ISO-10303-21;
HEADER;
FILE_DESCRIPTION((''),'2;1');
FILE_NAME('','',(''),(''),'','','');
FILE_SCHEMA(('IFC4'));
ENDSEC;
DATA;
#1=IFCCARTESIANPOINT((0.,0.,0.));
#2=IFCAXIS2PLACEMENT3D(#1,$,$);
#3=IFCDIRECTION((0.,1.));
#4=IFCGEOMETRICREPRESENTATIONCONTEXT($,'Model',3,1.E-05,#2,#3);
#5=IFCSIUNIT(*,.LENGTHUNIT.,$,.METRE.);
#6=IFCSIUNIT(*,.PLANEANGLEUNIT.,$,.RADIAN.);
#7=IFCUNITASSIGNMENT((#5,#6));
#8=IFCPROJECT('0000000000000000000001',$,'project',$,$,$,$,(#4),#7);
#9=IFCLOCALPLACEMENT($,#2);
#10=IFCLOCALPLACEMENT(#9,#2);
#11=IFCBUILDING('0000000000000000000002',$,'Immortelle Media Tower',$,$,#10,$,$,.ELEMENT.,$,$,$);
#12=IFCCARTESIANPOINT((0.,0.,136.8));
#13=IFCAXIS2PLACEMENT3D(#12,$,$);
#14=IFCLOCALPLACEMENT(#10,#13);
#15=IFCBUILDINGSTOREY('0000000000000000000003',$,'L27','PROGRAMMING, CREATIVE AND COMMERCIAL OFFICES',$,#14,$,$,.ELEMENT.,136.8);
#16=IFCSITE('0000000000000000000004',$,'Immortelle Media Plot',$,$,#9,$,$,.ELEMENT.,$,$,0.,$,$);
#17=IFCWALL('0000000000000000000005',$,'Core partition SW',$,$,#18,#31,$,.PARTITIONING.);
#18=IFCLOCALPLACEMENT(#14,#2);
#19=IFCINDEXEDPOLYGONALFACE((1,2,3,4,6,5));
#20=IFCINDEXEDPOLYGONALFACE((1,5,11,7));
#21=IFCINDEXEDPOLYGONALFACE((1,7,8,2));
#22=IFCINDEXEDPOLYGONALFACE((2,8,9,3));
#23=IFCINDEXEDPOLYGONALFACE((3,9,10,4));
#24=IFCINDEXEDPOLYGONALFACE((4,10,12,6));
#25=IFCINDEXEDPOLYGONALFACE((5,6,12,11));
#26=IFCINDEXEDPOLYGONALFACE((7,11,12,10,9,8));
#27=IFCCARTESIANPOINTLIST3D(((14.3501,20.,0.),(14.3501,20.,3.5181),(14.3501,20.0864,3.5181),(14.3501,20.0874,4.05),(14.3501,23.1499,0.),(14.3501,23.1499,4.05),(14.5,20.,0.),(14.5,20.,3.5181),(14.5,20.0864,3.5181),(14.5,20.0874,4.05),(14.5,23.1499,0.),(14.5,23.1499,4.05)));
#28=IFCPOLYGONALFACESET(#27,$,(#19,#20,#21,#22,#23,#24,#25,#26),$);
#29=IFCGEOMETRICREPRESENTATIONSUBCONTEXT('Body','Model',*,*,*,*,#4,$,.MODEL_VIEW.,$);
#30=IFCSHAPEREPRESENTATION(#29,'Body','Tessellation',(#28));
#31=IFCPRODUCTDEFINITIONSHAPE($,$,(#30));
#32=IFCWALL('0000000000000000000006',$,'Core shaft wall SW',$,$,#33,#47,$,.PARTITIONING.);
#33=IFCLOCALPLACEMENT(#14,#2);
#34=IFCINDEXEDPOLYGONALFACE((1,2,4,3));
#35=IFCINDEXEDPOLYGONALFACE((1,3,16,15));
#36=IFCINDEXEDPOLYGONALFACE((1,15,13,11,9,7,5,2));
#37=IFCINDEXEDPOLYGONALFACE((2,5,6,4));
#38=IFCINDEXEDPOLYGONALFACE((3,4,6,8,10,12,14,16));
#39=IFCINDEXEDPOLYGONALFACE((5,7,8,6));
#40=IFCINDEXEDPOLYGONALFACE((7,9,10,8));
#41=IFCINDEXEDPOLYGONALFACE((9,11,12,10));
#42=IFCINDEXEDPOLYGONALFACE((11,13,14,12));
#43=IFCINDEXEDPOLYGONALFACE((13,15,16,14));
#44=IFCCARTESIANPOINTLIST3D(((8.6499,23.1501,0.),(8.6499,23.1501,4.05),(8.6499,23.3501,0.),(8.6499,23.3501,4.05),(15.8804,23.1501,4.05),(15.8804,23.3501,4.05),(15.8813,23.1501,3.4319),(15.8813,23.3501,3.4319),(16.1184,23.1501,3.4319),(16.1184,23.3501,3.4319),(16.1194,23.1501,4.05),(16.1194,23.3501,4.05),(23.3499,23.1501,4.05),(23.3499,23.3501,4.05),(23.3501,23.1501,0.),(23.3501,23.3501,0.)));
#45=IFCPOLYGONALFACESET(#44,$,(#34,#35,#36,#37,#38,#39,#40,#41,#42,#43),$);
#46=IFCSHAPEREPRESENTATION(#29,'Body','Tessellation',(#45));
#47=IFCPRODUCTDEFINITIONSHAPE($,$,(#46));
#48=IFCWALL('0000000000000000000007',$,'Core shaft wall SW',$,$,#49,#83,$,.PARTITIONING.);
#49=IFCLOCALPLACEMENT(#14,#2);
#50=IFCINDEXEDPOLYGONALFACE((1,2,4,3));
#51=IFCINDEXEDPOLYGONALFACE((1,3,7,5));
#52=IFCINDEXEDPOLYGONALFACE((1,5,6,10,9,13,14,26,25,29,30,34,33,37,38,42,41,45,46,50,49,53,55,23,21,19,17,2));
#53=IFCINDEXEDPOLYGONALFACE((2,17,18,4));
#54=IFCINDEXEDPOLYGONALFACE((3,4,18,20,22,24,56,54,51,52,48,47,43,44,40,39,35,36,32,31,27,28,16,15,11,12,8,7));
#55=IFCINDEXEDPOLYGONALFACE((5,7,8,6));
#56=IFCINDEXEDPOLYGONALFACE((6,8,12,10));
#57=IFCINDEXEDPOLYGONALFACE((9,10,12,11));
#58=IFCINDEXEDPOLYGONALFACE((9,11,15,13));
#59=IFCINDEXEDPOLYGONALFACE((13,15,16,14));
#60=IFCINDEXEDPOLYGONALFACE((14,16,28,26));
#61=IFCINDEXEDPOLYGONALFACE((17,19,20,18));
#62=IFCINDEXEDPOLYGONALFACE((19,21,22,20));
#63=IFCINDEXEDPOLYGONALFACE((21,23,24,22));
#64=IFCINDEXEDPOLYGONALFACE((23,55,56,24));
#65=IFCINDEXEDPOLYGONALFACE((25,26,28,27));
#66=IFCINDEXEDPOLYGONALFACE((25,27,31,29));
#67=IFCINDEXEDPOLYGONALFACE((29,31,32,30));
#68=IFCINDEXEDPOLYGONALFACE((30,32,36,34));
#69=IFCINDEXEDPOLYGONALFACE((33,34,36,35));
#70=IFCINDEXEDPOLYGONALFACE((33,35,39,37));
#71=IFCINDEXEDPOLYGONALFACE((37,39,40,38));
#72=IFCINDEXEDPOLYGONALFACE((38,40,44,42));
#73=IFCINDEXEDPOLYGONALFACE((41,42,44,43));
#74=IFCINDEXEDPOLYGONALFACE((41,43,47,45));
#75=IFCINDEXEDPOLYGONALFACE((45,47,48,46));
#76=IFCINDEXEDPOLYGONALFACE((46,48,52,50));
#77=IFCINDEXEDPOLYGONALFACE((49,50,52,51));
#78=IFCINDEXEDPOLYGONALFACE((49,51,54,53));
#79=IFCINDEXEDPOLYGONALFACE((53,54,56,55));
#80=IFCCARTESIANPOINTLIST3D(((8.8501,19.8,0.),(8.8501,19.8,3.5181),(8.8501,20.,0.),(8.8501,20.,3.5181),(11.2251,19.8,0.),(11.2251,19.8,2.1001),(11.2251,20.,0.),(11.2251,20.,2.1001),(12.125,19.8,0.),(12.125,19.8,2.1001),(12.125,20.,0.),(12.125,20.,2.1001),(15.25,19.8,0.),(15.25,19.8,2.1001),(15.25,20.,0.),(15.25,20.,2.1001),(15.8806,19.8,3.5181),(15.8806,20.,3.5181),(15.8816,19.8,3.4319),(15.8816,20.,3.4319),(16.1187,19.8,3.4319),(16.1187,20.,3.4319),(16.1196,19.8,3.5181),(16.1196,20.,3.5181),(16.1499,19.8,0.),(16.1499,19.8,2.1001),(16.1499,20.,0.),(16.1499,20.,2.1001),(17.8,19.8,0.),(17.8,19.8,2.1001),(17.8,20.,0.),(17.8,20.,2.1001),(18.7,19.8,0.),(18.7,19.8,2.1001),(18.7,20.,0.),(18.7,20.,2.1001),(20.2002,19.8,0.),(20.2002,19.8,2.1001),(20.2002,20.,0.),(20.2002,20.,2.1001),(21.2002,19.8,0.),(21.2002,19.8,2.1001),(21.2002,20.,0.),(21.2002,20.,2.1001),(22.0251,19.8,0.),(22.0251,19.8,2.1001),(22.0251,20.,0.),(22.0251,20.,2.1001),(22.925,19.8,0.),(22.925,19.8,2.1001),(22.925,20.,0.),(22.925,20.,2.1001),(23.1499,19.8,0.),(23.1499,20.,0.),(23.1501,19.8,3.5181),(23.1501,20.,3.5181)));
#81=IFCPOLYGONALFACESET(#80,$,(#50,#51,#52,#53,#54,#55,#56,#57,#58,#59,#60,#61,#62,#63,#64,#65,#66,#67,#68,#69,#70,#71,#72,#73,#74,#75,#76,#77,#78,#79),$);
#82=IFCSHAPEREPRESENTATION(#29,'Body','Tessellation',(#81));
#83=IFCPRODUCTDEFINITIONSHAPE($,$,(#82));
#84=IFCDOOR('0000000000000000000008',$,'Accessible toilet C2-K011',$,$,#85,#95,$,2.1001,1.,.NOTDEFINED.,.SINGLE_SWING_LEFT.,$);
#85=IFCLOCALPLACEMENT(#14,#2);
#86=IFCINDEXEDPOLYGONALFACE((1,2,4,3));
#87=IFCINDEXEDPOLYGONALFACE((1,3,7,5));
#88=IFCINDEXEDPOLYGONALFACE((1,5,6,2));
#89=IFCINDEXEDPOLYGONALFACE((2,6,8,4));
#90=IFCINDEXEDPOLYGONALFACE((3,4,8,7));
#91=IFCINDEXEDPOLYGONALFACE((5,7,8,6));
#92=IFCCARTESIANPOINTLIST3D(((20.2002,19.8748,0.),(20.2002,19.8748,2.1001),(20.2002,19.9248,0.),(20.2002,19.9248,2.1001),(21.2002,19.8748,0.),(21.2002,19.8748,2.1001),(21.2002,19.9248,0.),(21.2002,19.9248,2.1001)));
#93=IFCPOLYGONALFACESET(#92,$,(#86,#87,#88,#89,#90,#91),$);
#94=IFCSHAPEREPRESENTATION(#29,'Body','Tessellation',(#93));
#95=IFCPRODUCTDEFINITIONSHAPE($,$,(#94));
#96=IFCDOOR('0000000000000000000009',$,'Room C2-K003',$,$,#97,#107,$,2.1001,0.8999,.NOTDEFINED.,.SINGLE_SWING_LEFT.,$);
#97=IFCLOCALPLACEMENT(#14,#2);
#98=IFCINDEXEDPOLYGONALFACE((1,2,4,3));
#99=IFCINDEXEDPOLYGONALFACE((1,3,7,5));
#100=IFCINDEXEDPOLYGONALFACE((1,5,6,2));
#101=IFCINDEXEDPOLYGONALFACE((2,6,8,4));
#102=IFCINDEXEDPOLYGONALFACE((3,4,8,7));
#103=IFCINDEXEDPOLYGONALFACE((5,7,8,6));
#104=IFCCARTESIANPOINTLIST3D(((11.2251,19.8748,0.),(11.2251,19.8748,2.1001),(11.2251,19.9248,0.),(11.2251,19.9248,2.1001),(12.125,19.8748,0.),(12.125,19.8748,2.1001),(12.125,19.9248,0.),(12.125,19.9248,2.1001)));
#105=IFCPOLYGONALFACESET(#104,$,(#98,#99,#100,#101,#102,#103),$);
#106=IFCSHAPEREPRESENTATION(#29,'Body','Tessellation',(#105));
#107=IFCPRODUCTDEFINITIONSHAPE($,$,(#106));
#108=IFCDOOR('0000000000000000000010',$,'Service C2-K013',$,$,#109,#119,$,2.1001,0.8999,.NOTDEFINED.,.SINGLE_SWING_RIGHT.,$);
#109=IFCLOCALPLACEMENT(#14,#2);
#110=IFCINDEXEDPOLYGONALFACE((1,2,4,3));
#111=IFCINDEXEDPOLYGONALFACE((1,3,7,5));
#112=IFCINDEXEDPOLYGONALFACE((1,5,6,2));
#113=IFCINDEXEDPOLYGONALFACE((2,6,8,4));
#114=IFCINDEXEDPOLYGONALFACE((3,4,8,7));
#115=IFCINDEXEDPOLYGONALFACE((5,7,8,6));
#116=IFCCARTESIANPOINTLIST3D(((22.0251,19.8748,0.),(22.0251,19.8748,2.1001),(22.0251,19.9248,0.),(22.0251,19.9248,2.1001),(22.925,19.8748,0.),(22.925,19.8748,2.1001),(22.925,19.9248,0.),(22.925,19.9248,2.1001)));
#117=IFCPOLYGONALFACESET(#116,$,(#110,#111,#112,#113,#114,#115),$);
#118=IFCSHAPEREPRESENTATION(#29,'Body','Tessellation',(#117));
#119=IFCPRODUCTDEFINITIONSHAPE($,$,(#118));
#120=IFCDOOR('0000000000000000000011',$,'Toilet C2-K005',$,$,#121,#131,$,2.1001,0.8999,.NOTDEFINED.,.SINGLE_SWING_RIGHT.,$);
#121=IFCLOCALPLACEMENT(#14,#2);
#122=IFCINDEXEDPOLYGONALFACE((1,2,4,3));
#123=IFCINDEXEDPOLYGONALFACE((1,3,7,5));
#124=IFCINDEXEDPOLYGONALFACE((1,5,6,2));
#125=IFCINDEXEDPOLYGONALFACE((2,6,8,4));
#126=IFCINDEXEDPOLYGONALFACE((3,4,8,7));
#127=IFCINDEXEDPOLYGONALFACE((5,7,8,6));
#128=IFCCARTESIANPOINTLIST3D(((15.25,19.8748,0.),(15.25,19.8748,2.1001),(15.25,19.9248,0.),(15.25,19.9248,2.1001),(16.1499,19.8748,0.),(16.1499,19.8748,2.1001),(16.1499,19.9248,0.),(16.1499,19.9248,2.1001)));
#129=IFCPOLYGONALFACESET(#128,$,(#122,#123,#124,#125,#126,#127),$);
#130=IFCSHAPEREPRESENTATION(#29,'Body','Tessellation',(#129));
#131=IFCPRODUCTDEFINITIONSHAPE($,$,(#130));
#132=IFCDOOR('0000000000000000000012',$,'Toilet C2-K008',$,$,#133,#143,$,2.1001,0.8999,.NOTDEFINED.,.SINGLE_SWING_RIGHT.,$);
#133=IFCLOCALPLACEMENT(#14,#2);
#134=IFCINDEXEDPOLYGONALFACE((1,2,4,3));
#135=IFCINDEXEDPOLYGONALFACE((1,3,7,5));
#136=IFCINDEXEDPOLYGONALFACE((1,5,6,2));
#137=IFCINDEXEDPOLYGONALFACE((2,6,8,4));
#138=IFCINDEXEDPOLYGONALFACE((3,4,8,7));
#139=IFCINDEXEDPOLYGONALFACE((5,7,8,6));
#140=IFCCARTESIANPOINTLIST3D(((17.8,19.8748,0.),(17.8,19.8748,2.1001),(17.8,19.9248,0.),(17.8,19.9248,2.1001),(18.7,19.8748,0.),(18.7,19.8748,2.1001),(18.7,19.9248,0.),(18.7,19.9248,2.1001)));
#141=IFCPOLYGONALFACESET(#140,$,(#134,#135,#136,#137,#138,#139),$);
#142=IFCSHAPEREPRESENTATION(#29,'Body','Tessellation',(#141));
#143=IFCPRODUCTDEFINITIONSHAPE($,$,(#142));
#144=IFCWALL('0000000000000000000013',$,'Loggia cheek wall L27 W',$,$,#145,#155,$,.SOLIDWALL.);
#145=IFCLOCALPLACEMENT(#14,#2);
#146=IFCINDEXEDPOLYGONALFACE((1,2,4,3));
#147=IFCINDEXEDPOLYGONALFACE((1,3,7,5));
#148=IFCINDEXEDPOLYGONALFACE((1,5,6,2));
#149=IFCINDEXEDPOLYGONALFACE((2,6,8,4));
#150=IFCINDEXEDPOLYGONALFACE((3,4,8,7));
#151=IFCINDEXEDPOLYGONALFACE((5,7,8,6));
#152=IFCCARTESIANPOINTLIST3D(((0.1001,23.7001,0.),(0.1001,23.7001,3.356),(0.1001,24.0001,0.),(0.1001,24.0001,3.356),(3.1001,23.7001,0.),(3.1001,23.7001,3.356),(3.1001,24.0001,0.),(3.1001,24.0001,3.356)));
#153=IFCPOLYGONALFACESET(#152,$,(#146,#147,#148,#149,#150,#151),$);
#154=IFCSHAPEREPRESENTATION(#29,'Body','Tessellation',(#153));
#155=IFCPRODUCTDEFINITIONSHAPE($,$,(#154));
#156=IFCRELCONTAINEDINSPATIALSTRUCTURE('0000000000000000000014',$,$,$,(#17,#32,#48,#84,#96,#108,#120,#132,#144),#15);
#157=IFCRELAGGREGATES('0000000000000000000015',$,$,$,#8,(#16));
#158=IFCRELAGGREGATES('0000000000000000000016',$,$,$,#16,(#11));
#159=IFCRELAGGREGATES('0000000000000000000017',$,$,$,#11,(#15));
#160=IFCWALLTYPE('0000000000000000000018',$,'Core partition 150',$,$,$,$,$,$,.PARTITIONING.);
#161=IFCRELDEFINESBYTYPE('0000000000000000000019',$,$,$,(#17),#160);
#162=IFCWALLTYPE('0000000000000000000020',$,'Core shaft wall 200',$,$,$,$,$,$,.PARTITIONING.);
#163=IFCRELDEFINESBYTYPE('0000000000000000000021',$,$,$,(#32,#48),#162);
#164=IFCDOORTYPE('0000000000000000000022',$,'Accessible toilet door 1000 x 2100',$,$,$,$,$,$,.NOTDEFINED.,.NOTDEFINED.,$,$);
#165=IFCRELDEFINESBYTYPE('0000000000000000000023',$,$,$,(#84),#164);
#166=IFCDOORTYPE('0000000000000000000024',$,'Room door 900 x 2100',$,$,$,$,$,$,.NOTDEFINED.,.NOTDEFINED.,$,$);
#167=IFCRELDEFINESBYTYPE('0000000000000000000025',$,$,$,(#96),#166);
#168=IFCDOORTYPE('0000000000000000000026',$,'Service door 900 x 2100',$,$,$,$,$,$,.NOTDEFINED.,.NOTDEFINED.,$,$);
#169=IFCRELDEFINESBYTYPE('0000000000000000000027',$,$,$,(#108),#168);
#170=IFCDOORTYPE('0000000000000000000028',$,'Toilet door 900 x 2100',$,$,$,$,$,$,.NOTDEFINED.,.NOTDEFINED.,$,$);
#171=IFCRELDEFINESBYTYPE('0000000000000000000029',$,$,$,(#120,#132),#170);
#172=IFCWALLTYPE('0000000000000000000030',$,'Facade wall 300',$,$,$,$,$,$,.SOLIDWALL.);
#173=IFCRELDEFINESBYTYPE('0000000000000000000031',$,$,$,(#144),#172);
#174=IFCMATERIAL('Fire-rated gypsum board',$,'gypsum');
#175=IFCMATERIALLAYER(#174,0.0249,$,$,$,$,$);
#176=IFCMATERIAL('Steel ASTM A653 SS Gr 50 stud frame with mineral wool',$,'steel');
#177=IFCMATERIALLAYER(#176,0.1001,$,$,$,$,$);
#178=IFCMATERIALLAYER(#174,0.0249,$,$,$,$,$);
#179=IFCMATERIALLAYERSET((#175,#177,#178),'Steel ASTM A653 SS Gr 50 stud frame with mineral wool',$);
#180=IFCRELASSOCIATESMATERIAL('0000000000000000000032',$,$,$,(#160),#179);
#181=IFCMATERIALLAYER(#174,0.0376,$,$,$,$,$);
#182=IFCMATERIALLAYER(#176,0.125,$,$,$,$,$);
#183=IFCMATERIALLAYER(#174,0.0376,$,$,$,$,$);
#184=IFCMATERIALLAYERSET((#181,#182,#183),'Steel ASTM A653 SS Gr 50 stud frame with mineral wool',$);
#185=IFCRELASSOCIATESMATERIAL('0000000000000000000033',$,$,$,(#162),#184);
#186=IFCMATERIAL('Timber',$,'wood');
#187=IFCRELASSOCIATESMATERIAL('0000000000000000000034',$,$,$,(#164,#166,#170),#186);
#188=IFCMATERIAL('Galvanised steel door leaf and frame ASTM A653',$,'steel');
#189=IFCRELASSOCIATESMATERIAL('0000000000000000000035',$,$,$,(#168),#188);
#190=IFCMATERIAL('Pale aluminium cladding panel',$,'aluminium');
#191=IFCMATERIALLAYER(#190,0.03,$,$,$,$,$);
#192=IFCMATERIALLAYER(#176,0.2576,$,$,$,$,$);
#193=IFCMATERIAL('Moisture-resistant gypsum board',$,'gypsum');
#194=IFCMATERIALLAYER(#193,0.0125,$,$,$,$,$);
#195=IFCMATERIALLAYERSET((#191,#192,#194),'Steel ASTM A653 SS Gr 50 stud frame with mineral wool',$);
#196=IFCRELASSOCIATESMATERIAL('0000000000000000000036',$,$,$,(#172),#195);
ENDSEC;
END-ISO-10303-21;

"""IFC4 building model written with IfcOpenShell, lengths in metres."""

from ifc_helpers import new_model, si_unit, direction, frame, frame_2d, origin, place, context, subcontext, project, spatial, polyline, rectangle, outline, extrude, material, layer, layer_set, type_object, element, fill, save


model = new_model("IFC4")

# Units and contexts
model_context = context("Model", 3, precision=1e-05, world=origin(), true_north=direction((0.0, 1.0)))
body_context = subcontext(model_context, "Body", "Model", "MODEL_VIEW")
ifc_project = project(units=[si_unit("LENGTHUNIT", "METRE"), si_unit("PLANEANGLEUNIT", "RADIAN")], contexts=[model_context])

# Site, building, storey
site_placement = place(None, origin())
site = spatial("IfcSite", under=ifc_project, at=site_placement, Name="Immortelle Media Plot", CompositionType="ELEMENT", RefElevation=0.0)
building_placement = place(site_placement, origin())
building = spatial("IfcBuilding", under=site, at=building_placement, Name="Immortelle Media Tower", CompositionType="ELEMENT")
storey_placement = place(building_placement, frame((0.0, 0.0, 136.8)))
storey = spatial("IfcBuildingStorey", under=building, at=storey_placement, Name="L27", Description="PROGRAMMING, CREATIVE AND COMMERCIAL OFFICES", CompositionType="ELEMENT", Elevation=136.8)

# Walls
ifc_material_1 = material(Name="Fire-rated gypsum board", Category="gypsum")
ifc_layer_1 = layer(ifc_material_1, 0.0249)
ifc_material_2 = material(Name="Steel ASTM A653 SS Gr 50 stud frame with mineral wool", Category="steel")
ifc_layer_2 = layer(ifc_material_2, 0.1001)
ifc_layer_3 = layer(ifc_material_1, 0.0249)
ifc_layer_set_1 = layer_set([ifc_layer_1, ifc_layer_2, ifc_layer_3], Name="Steel ASTM A653 SS Gr 50 stud frame with mineral wool")
wall_type_1 = type_object("IfcWallType", Name="Core partition 150", PredefinedType="PARTITIONING", material=ifc_layer_set_1)
wall_1_placement = place(storey_placement, frame((14.425, 20.0, 0.0), z_axis=(0.0, 0.0, 1.0), x_axis=(0.0, 1.0, 0.0)))
element("IfcWall", 1, at=wall_1_placement, inside=storey, type_object=wall_type_1, Name="Core partition SW", PredefinedType="PARTITIONING", context=body_context, shape_type="SweptSolid", body=[
    extrude(outline(polyline([(0.0, 0.0), (3.1499, 0.0), (3.1499, 4.05), (0.0874, 4.05), (0.0864, 3.5181), (0.0, 3.5181), (0.0, 0.0)])), frame((0.0, 0.075, 0.0), z_axis=(0.0, -1.0, 0.0), x_axis=(1.0, 0.0, 0.0)), (0.0, 0.0, 1.0), 0.1499),
])
ifc_layer_4 = layer(ifc_material_1, 0.0376)
ifc_layer_5 = layer(ifc_material_2, 0.125)
ifc_layer_6 = layer(ifc_material_1, 0.0376)
ifc_layer_set_2 = layer_set([ifc_layer_4, ifc_layer_5, ifc_layer_6], Name="Steel ASTM A653 SS Gr 50 stud frame with mineral wool")
wall_type_2 = type_object("IfcWallType", Name="Core shaft wall 200", PredefinedType="PARTITIONING", material=ifc_layer_set_2)
wall_2_placement = place(storey_placement, frame((8.6499, 23.25, 0.0), z_axis=(0.0, 0.0, 1.0), x_axis=(1.0, 0.0, 0.0)))
element("IfcWall", 2, at=wall_2_placement, inside=storey, type_object=wall_type_2, Name="Core shaft wall SW", PredefinedType="PARTITIONING", context=body_context, shape_type="SweptSolid", body=[
    extrude(outline(polyline([(0.0, 0.0), (14.7002, 0.0), (14.7, 4.05), (7.4695, 4.05), (7.4685, 3.4319), (7.2314, 3.4319), (7.2305, 4.05), (0.0, 4.05), (0.0, 0.0)])), frame((0.0, 0.1001, 0.0), z_axis=(0.0, -1.0, 0.0), x_axis=(1.0, 0.0, 0.0)), (0.0, 0.0, 1.0), 0.2),
])

# Wall, openings, doors
wall_3_placement = place(storey_placement, frame((8.8501, 19.8999, 0.0), z_axis=(0.0, 0.0, 1.0), x_axis=(1.0, 0.0, 0.0)))
wall_3 = element("IfcWall", 3, at=wall_3_placement, inside=storey, type_object=wall_type_2, Name="Core shaft wall SW", PredefinedType="PARTITIONING", context=body_context, shape_type="SweptSolid", body=[
    extrude(outline(polyline([(0.0, 0.0), (14.2998, 0.0), (14.3, 3.5181), (7.2695, 3.5181), (7.2686, 3.4319), (7.0315, 3.4319), (7.0305, 3.5181), (0.0, 3.5181), (0.0, 0.0)])), frame((0.0, 0.1001, 0.0), z_axis=(0.0, -1.0, 0.0), x_axis=(1.0, 0.0, 0.0)), (0.0, 0.0, 1.0), 0.2),
])
opening_1_placement = place(wall_3_placement, frame((2.375, 0.0, 0.0)))
opening_1 = element("IfcOpeningElement", 4, at=opening_1_placement, cuts=wall_3, PredefinedType="OPENING", context=body_context, shape_type="SweptSolid", body=[
    extrude(rectangle(XDim=0.8999, YDim=2.1001, at=frame_2d((0.45, 1.05))), frame((0.0, 0.1099, 0.0), z_axis=(0.0, -1.0, 0.0), x_axis=(1.0, 0.0, 0.0)), (0.0, 0.0, 1.0), 0.22),
])
opening_2_placement = place(wall_3_placement, frame((6.3999, 0.0, 0.0)))
opening_2 = element("IfcOpeningElement", 5, at=opening_2_placement, cuts=wall_3, PredefinedType="OPENING", context=body_context, shape_type="SweptSolid", body=[
    extrude(rectangle(XDim=0.8999, YDim=2.1001, at=frame_2d((0.45, 1.05))), frame((0.0, 0.1099, 0.0), z_axis=(0.0, -1.0, 0.0), x_axis=(1.0, 0.0, 0.0)), (0.0, 0.0, 1.0), 0.22),
])
opening_3_placement = place(wall_3_placement, frame((8.95, 0.0, 0.0)))
opening_3 = element("IfcOpeningElement", 6, at=opening_3_placement, cuts=wall_3, PredefinedType="OPENING", context=body_context, shape_type="SweptSolid", body=[
    extrude(rectangle(XDim=0.8999, YDim=2.1001, at=frame_2d((0.45, 1.05))), frame((0.0, 0.1099, 0.0), z_axis=(0.0, -1.0, 0.0), x_axis=(1.0, 0.0, 0.0)), (0.0, 0.0, 1.0), 0.22),
])
opening_4_placement = place(wall_3_placement, frame((11.3501, 0.0, 0.0)))
opening_4 = element("IfcOpeningElement", 7, at=opening_4_placement, cuts=wall_3, PredefinedType="OPENING", context=body_context, shape_type="SweptSolid", body=[
    extrude(rectangle(XDim=1.0, YDim=2.1001, at=frame_2d((0.5, 1.05))), frame((0.0, 0.1099, 0.0), z_axis=(0.0, -1.0, 0.0), x_axis=(1.0, 0.0, 0.0)), (0.0, 0.0, 1.0), 0.22),
])
opening_5_placement = place(wall_3_placement, frame((13.175, 0.0, 0.0)))
opening_5 = element("IfcOpeningElement", 8, at=opening_5_placement, cuts=wall_3, PredefinedType="OPENING", context=body_context, shape_type="SweptSolid", body=[
    extrude(rectangle(XDim=0.8999, YDim=2.1001, at=frame_2d((0.45, 1.05))), frame((0.0, 0.1099, 0.0), z_axis=(0.0, -1.0, 0.0), x_axis=(1.0, 0.0, 0.0)), (0.0, 0.0, 1.0), 0.22),
])
ifc_material_3 = material(Name="Timber", Category="wood")
door_type_1 = type_object("IfcDoorType", Name="Accessible toilet door 1000 x 2100", OperationType="NOTDEFINED", PredefinedType="NOTDEFINED", material=ifc_material_3)
door_1_placement = place(opening_4_placement, origin())
door_1 = element("IfcDoor", 9, at=door_1_placement, inside=storey, type_object=door_type_1, Name="Accessible toilet C2-K011", OperationType="SINGLE_SWING_LEFT", OverallHeight=2.1001, OverallWidth=1.0, PredefinedType="NOTDEFINED", context=body_context, shape_type="SweptSolid", body=[
    extrude(rectangle(XDim=1.0, YDim=2.1001, at=frame_2d((0.5, 1.05))), frame((0.0, 0.0249, 0.0), z_axis=(0.0, -1.0, 0.0), x_axis=(1.0, 0.0, 0.0)), (0.0, 0.0, 1.0), 0.05),
])
fill(opening_4, door_1)
door_type_2 = type_object("IfcDoorType", Name="Room door 900 x 2100", OperationType="NOTDEFINED", PredefinedType="NOTDEFINED", material=ifc_material_3)
door_2_placement = place(opening_1_placement, origin())
door_2 = element("IfcDoor", 10, at=door_2_placement, inside=storey, type_object=door_type_2, Name="Room C2-K003", OperationType="SINGLE_SWING_LEFT", OverallHeight=2.1001, OverallWidth=0.8999, PredefinedType="NOTDEFINED", context=body_context, shape_type="SweptSolid", body=[
    extrude(rectangle(XDim=0.8999, YDim=2.1001, at=frame_2d((0.45, 1.05))), frame((0.0, 0.0249, 0.0), z_axis=(0.0, -1.0, 0.0), x_axis=(1.0, 0.0, 0.0)), (0.0, 0.0, 1.0), 0.05),
])
fill(opening_1, door_2)
ifc_material_4 = material(Name="Galvanised steel door leaf and frame ASTM A653", Category="steel")
door_type_3 = type_object("IfcDoorType", Name="Service door 900 x 2100", OperationType="NOTDEFINED", PredefinedType="NOTDEFINED", material=ifc_material_4)
door_3_placement = place(opening_5_placement, origin())
door_3 = element("IfcDoor", 11, at=door_3_placement, inside=storey, type_object=door_type_3, Name="Service C2-K013", OperationType="SINGLE_SWING_RIGHT", OverallHeight=2.1001, OverallWidth=0.8999, PredefinedType="NOTDEFINED", context=body_context, shape_type="SweptSolid", body=[
    extrude(rectangle(XDim=0.8999, YDim=2.1001, at=frame_2d((0.45, 1.05))), frame((0.0, 0.0249, 0.0), z_axis=(0.0, -1.0, 0.0), x_axis=(1.0, 0.0, 0.0)), (0.0, 0.0, 1.0), 0.05),
])
fill(opening_5, door_3)
door_type_4 = type_object("IfcDoorType", Name="Toilet door 900 x 2100", OperationType="NOTDEFINED", PredefinedType="NOTDEFINED", material=ifc_material_3)
door_4_placement = place(opening_2_placement, origin())
door_4 = element("IfcDoor", 12, at=door_4_placement, inside=storey, type_object=door_type_4, Name="Toilet C2-K005", OperationType="SINGLE_SWING_RIGHT", OverallHeight=2.1001, OverallWidth=0.8999, PredefinedType="NOTDEFINED", context=body_context, shape_type="SweptSolid", body=[
    extrude(rectangle(XDim=0.8999, YDim=2.1001, at=frame_2d((0.45, 1.05))), frame((0.0, 0.0249, 0.0), z_axis=(0.0, -1.0, 0.0), x_axis=(1.0, 0.0, 0.0)), (0.0, 0.0, 1.0), 0.05),
])
fill(opening_2, door_4)
door_5_placement = place(opening_3_placement, origin())
door_5 = element("IfcDoor", 13, at=door_5_placement, inside=storey, type_object=door_type_4, Name="Toilet C2-K008", OperationType="SINGLE_SWING_RIGHT", OverallHeight=2.1001, OverallWidth=0.8999, PredefinedType="NOTDEFINED", context=body_context, shape_type="SweptSolid", body=[
    extrude(rectangle(XDim=0.8999, YDim=2.1001, at=frame_2d((0.45, 1.05))), frame((0.0, 0.0249, 0.0), z_axis=(0.0, -1.0, 0.0), x_axis=(1.0, 0.0, 0.0)), (0.0, 0.0, 1.0), 0.05),
])
fill(opening_3, door_5)

# Shared definitions
ifc_material_5 = material(Name="Pale aluminium cladding panel", Category="aluminium")
ifc_layer_7 = layer(ifc_material_5, 0.03)
ifc_layer_8 = layer(ifc_material_2, 0.2576)
ifc_material_6 = material(Name="Moisture-resistant gypsum board", Category="gypsum")
ifc_layer_9 = layer(ifc_material_6, 0.0125)
ifc_layer_set_3 = layer_set([ifc_layer_7, ifc_layer_8, ifc_layer_9], Name="Steel ASTM A653 SS Gr 50 stud frame with mineral wool")
wall_type_3 = type_object("IfcWallType", Name="Facade wall 300", PredefinedType="SOLIDWALL", material=ifc_layer_set_3)

# Wall
for number, where, z_axis, x_axis, name in (
    (14, (0.1001, 23.8501, 0.0), (0.0, 0.0, 1.0), (1.0, 0.0, 0.0), "Loggia cheek wall L27 W"),
):
    element("IfcWall", number, at=place(storey_placement, frame(where, z_axis=z_axis, x_axis=x_axis)), inside=storey, type_object=wall_type_3, Name=name, PredefinedType="SOLIDWALL", context=body_context, shape_type="SweptSolid", body=[
        extrude(rectangle(XDim=3.0, YDim=0.3, at=frame_2d((1.5, 0.0))), origin(), (0.0, 0.0, 1.0), 3.356),
    ])

save(model, "model.ifc")
